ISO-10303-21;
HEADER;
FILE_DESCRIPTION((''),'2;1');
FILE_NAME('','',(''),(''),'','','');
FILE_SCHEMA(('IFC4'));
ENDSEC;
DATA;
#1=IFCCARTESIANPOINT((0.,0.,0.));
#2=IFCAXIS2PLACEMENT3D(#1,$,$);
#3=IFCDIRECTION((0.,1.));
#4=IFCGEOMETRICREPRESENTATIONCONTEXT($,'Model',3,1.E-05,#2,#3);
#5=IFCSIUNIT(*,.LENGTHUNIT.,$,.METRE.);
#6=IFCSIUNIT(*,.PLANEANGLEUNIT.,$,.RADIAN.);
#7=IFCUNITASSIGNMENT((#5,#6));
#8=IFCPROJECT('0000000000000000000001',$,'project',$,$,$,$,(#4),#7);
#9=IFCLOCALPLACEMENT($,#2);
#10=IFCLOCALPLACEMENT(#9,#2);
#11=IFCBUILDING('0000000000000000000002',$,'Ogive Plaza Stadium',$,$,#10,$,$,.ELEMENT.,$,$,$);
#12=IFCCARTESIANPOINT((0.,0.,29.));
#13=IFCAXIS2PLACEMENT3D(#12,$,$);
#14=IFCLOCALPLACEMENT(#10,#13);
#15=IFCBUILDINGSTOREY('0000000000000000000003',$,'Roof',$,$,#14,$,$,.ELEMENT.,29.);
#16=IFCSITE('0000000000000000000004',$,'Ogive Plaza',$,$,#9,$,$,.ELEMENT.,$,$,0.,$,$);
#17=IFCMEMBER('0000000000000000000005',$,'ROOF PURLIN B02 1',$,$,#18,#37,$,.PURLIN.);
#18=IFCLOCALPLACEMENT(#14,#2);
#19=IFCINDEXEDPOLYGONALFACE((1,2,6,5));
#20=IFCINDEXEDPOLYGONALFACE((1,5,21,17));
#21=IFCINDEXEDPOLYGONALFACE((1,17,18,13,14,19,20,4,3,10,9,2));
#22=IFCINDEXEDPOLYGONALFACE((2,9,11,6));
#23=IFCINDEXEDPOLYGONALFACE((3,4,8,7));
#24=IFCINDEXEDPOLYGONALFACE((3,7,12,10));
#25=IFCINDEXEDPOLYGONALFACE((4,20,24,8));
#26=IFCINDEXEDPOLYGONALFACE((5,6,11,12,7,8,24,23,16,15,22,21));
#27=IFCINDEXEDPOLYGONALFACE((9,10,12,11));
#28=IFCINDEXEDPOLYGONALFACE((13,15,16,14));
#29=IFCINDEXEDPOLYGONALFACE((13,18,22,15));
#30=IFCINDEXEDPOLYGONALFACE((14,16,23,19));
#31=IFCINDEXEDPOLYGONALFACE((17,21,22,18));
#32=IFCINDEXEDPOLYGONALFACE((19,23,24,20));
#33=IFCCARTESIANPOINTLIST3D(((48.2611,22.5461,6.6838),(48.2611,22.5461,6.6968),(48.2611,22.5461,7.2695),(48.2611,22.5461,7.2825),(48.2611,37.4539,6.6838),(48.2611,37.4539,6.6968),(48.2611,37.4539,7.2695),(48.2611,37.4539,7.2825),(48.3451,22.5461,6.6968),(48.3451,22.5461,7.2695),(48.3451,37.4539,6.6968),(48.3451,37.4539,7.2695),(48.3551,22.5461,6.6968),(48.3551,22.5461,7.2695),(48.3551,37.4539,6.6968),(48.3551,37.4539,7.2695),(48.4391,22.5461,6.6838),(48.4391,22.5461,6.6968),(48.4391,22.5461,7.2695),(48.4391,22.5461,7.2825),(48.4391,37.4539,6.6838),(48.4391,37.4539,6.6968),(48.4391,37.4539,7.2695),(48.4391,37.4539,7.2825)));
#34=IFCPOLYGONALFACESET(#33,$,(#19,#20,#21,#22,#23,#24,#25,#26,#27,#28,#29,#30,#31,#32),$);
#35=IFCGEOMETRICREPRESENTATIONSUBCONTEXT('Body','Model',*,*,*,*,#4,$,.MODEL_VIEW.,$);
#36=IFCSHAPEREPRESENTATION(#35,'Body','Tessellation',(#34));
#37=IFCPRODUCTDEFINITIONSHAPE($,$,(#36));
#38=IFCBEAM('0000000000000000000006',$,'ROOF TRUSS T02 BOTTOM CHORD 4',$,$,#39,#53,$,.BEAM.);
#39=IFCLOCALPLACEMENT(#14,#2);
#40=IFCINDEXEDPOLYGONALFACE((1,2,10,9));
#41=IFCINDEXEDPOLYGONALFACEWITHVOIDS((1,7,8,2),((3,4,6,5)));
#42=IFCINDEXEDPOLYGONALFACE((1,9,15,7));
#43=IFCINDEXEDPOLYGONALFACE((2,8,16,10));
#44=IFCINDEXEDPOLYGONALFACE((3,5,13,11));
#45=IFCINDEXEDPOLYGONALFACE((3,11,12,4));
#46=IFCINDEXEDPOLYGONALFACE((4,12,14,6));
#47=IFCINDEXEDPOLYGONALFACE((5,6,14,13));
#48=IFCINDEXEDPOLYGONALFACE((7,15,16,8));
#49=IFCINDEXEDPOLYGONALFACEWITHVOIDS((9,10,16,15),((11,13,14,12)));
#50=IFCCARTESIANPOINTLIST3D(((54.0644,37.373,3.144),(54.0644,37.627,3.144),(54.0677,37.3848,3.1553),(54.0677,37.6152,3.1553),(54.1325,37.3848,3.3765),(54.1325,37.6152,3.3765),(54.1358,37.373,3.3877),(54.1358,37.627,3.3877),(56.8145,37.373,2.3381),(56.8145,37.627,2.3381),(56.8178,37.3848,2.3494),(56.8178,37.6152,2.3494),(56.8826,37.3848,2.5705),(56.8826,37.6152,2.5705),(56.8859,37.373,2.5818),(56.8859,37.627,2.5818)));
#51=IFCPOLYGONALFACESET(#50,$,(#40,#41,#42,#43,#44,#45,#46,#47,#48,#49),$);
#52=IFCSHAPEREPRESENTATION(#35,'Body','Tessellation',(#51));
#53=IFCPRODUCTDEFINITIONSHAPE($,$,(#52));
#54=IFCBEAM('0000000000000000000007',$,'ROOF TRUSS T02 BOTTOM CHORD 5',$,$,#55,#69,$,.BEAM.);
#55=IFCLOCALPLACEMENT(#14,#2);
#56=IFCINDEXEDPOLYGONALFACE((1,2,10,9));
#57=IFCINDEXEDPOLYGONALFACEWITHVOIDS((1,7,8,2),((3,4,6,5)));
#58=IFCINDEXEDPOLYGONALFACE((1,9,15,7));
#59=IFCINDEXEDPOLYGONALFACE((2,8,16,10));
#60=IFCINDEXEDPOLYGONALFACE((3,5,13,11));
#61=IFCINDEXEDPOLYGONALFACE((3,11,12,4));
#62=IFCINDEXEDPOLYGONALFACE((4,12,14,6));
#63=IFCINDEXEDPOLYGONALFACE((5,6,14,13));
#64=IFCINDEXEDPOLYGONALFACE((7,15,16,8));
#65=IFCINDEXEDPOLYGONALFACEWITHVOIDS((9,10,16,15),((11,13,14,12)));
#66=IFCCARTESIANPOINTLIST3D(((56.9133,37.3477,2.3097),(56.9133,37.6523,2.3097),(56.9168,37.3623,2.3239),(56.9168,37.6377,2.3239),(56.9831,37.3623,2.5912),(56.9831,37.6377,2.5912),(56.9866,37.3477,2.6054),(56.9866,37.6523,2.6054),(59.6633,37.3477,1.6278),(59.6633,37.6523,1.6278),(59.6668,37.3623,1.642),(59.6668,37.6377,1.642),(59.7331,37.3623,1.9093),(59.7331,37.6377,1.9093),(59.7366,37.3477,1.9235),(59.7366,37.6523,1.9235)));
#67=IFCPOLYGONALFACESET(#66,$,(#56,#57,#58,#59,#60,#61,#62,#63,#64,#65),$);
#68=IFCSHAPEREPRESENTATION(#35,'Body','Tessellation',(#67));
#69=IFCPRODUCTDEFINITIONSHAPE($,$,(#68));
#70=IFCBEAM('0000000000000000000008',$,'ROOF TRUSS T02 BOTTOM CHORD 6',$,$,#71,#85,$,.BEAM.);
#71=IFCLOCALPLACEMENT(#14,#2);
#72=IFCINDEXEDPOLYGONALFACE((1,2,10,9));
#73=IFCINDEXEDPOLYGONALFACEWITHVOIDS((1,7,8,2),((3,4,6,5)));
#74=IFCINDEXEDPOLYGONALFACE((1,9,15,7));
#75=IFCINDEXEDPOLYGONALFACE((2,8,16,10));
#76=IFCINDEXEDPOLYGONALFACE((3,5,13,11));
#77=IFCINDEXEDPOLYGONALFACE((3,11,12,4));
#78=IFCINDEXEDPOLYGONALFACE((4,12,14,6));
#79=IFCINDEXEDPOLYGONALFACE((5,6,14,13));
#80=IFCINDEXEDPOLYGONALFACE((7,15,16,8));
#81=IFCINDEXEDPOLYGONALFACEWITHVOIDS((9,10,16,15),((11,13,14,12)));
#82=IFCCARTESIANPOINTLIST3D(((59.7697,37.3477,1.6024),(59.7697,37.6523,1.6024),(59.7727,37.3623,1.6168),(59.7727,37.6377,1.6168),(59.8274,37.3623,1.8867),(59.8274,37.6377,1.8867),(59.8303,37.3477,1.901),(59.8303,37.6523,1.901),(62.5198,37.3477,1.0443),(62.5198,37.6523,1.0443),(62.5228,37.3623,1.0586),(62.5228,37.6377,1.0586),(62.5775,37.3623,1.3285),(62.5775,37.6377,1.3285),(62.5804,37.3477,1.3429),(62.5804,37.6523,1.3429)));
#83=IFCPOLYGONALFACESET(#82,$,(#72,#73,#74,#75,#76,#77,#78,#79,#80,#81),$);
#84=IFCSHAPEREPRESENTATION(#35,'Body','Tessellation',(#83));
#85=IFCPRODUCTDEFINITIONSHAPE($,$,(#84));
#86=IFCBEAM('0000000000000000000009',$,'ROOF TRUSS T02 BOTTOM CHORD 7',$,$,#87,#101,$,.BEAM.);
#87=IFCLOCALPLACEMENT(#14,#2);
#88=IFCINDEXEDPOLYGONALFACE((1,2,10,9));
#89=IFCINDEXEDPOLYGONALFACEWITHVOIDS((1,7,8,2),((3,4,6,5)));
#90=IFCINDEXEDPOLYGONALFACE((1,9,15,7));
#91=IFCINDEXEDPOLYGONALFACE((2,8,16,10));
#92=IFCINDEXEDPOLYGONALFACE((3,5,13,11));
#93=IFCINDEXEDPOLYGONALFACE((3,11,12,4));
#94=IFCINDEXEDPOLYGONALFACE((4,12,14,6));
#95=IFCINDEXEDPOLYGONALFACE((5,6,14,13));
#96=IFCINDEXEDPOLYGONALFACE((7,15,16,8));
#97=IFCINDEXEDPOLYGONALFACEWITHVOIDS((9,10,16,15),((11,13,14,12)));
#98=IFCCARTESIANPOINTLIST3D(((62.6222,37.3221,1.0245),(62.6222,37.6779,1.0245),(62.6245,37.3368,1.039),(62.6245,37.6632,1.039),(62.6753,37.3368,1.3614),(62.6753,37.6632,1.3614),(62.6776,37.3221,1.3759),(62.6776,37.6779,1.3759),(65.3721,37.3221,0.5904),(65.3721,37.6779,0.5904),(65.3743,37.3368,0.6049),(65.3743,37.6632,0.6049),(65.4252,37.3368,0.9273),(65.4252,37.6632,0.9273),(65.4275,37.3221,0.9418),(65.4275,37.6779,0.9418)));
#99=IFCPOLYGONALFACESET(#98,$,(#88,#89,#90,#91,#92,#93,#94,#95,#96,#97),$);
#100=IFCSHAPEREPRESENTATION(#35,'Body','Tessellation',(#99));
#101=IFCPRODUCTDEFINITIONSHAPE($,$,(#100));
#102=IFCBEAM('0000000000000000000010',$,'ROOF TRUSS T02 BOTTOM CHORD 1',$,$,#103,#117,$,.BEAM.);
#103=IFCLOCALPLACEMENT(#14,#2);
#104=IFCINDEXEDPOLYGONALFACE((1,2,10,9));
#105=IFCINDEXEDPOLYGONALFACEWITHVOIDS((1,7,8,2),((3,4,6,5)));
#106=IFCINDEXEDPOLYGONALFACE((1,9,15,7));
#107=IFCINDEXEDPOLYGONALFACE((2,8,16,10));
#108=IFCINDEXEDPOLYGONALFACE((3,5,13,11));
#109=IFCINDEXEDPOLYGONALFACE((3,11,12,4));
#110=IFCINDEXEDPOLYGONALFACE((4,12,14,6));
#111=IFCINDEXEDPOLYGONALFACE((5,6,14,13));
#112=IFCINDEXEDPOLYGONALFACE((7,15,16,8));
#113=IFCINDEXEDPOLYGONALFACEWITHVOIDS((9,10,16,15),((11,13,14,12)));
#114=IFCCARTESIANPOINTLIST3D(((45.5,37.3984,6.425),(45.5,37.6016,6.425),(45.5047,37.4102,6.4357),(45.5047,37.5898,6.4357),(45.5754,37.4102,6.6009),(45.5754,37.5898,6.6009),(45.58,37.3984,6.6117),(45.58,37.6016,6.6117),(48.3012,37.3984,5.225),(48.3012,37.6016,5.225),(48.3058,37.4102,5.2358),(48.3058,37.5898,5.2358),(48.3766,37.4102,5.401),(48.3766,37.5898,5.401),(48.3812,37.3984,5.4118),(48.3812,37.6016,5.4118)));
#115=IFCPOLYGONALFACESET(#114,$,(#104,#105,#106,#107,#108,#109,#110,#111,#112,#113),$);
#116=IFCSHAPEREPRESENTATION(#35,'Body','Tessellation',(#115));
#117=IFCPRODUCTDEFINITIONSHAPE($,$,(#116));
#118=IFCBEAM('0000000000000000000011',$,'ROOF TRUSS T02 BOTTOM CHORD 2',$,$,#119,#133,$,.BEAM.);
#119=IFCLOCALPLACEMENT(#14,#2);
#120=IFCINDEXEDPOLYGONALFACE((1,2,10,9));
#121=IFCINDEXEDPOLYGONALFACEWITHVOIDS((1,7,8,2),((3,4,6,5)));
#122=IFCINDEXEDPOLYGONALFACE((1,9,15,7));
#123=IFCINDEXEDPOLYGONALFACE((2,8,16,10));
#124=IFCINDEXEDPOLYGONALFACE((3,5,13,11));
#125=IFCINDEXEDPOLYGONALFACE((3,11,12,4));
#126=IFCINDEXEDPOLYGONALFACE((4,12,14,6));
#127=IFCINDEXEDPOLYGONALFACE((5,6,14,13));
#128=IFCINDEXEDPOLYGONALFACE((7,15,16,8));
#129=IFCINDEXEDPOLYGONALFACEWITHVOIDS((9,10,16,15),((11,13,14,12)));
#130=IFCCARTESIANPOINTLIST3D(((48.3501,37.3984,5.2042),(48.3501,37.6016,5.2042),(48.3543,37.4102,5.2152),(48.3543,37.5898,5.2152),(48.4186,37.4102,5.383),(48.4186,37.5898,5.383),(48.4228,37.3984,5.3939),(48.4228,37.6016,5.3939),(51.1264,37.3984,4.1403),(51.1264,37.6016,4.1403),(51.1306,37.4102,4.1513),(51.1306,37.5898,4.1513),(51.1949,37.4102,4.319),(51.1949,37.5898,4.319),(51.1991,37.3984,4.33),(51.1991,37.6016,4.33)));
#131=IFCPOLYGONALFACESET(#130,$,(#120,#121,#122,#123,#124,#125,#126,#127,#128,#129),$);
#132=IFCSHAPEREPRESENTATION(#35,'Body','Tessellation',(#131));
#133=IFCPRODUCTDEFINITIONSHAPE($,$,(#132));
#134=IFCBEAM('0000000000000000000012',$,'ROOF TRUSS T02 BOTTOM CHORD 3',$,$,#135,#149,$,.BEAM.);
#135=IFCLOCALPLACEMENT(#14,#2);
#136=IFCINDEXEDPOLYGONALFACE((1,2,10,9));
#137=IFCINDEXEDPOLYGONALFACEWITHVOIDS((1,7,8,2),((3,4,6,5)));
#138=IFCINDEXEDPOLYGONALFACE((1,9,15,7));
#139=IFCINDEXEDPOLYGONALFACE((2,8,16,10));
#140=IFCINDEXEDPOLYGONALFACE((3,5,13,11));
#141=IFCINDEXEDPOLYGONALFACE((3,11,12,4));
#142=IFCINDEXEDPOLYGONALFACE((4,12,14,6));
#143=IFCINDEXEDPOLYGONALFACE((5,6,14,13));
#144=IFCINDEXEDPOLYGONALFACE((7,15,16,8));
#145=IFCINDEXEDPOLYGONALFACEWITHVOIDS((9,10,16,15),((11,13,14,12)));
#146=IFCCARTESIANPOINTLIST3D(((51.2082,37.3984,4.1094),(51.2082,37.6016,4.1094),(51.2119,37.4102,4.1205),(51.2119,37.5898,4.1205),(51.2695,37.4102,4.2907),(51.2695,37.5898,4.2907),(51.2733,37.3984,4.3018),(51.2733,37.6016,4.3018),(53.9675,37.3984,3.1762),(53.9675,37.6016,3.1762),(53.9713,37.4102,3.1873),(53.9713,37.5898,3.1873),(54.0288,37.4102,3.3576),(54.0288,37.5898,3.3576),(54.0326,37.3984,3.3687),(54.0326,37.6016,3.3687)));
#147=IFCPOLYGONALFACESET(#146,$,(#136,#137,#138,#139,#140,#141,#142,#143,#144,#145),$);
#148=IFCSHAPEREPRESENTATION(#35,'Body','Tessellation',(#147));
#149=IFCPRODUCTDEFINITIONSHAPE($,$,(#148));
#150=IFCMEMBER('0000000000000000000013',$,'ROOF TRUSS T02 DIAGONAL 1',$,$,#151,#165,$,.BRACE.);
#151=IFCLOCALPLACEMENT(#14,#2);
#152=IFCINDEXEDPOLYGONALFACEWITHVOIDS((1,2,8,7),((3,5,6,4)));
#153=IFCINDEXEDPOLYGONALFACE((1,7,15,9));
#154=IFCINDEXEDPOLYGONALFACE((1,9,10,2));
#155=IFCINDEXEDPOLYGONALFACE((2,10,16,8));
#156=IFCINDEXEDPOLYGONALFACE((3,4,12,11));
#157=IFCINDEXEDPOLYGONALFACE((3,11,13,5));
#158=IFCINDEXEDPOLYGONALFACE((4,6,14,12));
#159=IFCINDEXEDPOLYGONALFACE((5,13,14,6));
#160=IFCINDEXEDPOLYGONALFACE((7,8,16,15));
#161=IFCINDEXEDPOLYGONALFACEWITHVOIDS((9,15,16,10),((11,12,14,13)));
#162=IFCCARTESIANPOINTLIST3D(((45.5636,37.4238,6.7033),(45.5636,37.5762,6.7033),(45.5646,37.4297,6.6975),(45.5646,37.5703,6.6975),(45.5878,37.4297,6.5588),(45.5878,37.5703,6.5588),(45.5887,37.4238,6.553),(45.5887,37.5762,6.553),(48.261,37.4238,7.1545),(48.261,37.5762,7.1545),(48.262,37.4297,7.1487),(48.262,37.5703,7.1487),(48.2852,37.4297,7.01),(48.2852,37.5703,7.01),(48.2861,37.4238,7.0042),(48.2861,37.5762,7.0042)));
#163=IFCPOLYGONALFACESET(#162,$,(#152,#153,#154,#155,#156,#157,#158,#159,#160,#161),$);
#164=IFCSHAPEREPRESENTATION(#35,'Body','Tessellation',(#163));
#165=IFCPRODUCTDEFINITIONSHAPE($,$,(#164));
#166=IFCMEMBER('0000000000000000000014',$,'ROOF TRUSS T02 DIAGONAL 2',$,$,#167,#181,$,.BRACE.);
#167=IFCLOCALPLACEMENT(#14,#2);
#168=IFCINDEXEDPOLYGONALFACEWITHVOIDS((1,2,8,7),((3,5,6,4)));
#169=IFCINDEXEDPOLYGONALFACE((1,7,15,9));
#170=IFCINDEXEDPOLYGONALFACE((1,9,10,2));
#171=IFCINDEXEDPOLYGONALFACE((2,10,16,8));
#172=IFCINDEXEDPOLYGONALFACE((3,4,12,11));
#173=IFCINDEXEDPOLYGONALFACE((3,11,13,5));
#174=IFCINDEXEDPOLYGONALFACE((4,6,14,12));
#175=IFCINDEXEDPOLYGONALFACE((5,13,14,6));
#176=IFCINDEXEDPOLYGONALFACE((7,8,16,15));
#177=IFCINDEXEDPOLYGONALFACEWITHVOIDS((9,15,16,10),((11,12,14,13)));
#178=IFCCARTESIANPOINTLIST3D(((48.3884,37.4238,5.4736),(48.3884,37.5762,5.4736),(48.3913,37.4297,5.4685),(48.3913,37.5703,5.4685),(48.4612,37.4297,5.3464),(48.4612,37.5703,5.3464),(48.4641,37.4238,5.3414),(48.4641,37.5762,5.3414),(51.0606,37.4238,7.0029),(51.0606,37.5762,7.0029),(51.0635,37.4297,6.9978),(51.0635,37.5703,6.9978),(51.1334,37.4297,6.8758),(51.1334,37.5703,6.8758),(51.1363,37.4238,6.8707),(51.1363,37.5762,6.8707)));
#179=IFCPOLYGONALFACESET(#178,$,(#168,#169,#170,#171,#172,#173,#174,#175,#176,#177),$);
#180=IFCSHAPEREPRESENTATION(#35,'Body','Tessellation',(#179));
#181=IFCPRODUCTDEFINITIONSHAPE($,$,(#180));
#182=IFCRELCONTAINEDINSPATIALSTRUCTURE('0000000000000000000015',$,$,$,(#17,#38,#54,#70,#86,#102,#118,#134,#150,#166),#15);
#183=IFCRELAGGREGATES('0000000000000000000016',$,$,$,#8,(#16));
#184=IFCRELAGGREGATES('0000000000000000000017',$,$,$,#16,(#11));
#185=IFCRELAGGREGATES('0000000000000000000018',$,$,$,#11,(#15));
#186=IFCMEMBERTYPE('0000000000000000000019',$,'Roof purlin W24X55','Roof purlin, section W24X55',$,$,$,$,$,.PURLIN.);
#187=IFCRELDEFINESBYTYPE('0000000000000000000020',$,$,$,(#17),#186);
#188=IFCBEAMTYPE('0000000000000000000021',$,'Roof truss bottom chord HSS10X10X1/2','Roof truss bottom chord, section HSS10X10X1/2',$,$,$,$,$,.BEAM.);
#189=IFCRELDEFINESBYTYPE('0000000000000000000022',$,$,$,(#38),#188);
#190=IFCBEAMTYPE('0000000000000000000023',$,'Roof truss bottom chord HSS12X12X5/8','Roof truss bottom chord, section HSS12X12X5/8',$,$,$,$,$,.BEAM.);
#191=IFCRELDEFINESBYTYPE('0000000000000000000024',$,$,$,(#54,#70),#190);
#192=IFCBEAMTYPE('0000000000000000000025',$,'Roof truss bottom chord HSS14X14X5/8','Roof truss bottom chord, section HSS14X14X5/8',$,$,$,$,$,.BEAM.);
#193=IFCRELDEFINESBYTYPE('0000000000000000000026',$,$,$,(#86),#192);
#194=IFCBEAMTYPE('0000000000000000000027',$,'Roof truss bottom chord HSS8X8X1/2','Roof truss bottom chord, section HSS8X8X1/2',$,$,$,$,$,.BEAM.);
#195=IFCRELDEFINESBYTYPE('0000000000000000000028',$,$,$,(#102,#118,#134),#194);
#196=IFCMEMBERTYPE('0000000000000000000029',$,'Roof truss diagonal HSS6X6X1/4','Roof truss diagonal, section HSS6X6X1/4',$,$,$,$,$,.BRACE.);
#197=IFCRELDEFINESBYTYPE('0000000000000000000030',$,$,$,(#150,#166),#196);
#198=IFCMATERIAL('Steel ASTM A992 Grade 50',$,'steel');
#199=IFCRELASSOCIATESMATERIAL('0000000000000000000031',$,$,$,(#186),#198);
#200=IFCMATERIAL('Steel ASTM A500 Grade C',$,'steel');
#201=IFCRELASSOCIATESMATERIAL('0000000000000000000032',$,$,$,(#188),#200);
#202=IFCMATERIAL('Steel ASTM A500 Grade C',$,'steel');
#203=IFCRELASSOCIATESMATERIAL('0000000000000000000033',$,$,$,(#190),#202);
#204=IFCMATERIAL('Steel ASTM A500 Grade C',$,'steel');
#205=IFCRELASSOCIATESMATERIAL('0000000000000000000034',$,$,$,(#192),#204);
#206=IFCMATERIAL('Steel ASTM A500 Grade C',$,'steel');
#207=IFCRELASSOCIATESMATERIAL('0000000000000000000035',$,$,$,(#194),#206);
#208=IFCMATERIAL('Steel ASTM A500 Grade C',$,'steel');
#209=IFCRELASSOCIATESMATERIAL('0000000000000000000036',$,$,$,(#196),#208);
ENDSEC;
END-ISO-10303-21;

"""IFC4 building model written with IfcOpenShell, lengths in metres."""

from ifc_helpers import new_model, si_unit, direction, frame, origin, origin_2d, place, context, subcontext, project, spatial, hollow_rectangle, i_section, extrude, material, material_profile, profile_set, type_object, element, save


model = new_model("IFC4")

# Units and contexts
model_context = context("Model", 3, precision=1e-05, world=origin(), true_north=direction((0.0, 1.0)))
body_context = subcontext(model_context, "Body", "Model", "MODEL_VIEW")
ifc_project = project(units=[si_unit("LENGTHUNIT", "METRE"), si_unit("PLANEANGLEUNIT", "RADIAN")], contexts=[model_context])

# Site, building, storey
site_placement = place(None, origin())
site = spatial("IfcSite", under=ifc_project, at=site_placement, Name="Ogive Plaza", CompositionType="ELEMENT", RefElevation=0.0)
building_placement = place(site_placement, origin())
building = spatial("IfcBuilding", under=site, at=building_placement, Name="Ogive Plaza Stadium", CompositionType="ELEMENT")
storey_placement = place(building_placement, frame((0.0, 0.0, 29.0)))
storey = spatial("IfcBuildingStorey", under=building, at=storey_placement, Name="Roof", CompositionType="ELEMENT", Elevation=29.0)

# Member
ifc_material_1 = material(Name="Steel ASTM A992 Grade 50", Category="steel")
ifc_material_profile_1 = material_profile(ifc_material_1, i_section(OverallWidth=0.178, OverallDepth=0.5986, WebThickness=0.01, FlangeThickness=0.0129, at=origin_2d()), Name="W24X55")
ifc_profile_set_1 = profile_set([ifc_material_profile_1], Name="Steel ASTM A992 Grade 50")
member_type_1 = type_object("IfcMemberType", Name="Roof purlin W24X55", Description="Roof purlin, section W24X55", PredefinedType="PURLIN", material=ifc_profile_set_1)
member_1_placement = place(storey_placement, frame((48.3501, 37.4539, 6.9832), z_axis=(0.0, -1.0, 0.0), x_axis=(1.0, 0.0, 0.0)))
element("IfcMember", 1, at=member_1_placement, inside=storey, type_object=member_type_1, Name="ROOF PURLIN B02 1", PredefinedType="PURLIN", context=body_context, shape_type="SweptSolid", body=[
    extrude(i_section(OverallWidth=0.178, OverallDepth=0.5986, WebThickness=0.01, FlangeThickness=0.0129, at=origin_2d()), origin(), (0.0, 0.0, 1.0), 14.9077),
])

# Beams
ifc_material_2 = material(Name="Steel ASTM A500 Grade C", Category="steel")
ifc_material_profile_2 = material_profile(ifc_material_2, hollow_rectangle(XDim=0.2539, YDim=0.2539, WallThickness=0.0117, at=origin_2d()), Name="HSS10X10X1/2")
ifc_profile_set_2 = profile_set([ifc_material_profile_2], Name="Steel ASTM A500 Grade C")
beam_type_1 = type_object("IfcBeamType", Name="Roof truss bottom chord HSS10X10X1/2", Description="Roof truss bottom chord, section HSS10X10X1/2", PredefinedType="BEAM", material=ifc_profile_set_2)
beam_1_placement = place(storey_placement, frame((54.1001, 37.5, 3.2659), z_axis=(0.95964, 0.0, -0.28123), x_axis=(0.0, 1.0, 0.0)))
element("IfcBeam", 2, at=beam_1_placement, inside=storey, type_object=beam_type_1, Name="ROOF TRUSS T02 BOTTOM CHORD 4", PredefinedType="BEAM", context=body_context, shape_type="SweptSolid", body=[
    extrude(hollow_rectangle(XDim=0.2539, YDim=0.2539, WallThickness=0.0117, at=origin_2d()), origin(), (0.0, 0.0, 1.0), 2.8657),
])
ifc_material_3 = material(Name="Steel ASTM A500 Grade C", Category="steel")
ifc_material_profile_3 = material_profile(ifc_material_3, hollow_rectangle(XDim=0.3047, YDim=0.3047, WallThickness=0.0146, at=origin_2d()), Name="HSS12X12X5/8")
ifc_profile_set_3 = profile_set([ifc_material_profile_3], Name="Steel ASTM A500 Grade C")
beam_type_2 = type_object("IfcBeamType", Name="Roof truss bottom chord HSS12X12X5/8", Description="Roof truss bottom chord, section HSS12X12X5/8", PredefinedType="BEAM", material=ifc_profile_set_3)
beam_2_placement = place(storey_placement, frame((56.95, 37.5, 2.4575), z_axis=(0.970607, 0.0, -0.24067), x_axis=(0.0, 1.0, 0.0)))
element("IfcBeam", 3, at=beam_2_placement, inside=storey, type_object=beam_type_2, Name="ROOF TRUSS T02 BOTTOM CHORD 5", PredefinedType="BEAM", context=body_context, shape_type="SweptSolid", body=[
    extrude(hollow_rectangle(XDim=0.3047, YDim=0.3047, WallThickness=0.0146, at=origin_2d()), origin(), (0.0, 0.0, 1.0), 2.8333),
])
beam_3_placement = place(storey_placement, frame((59.8, 37.5, 1.7517), z_axis=(0.980021, 0.0, -0.198893), x_axis=(0.0, 1.0, 0.0)))
element("IfcBeam", 4, at=beam_3_placement, inside=storey, type_object=beam_type_2, Name="ROOF TRUSS T02 BOTTOM CHORD 6", PredefinedType="BEAM", context=body_context, shape_type="SweptSolid", body=[
    extrude(hollow_rectangle(XDim=0.3047, YDim=0.3047, WallThickness=0.0146, at=origin_2d()), origin(), (0.0, 0.0, 1.0), 2.8062),
])
ifc_material_4 = material(Name="Steel ASTM A500 Grade C", Category="steel")
ifc_material_profile_4 = material_profile(ifc_material_4, hollow_rectangle(XDim=0.3557, YDim=0.3557, WallThickness=0.0146, at=origin_2d()), Name="HSS14X14X5/8")
ifc_profile_set_4 = profile_set([ifc_material_profile_4], Name="Steel ASTM A500 Grade C")
beam_type_3 = type_object("IfcBeamType", Name="Roof truss bottom chord HSS14X14X5/8", Description="Roof truss bottom chord, section HSS14X14X5/8", PredefinedType="BEAM", material=ifc_profile_set_4)
beam_4_placement = place(storey_placement, frame((62.6499, 37.5, 1.2002), z_axis=(0.98777, 0.0, -0.155918), x_axis=(0.0, 1.0, 0.0)))
element("IfcBeam", 5, at=beam_4_placement, inside=storey, type_object=beam_type_3, Name="ROOF TRUSS T02 BOTTOM CHORD 7", PredefinedType="BEAM", context=body_context, shape_type="SweptSolid", body=[
    extrude(hollow_rectangle(XDim=0.3557, YDim=0.3557, WallThickness=0.0146, at=origin_2d()), origin(), (0.0, 0.0, 1.0), 2.7839),
])
ifc_material_5 = material(Name="Steel ASTM A500 Grade C", Category="steel")
ifc_material_profile_5 = material_profile(ifc_material_5, hollow_rectangle(XDim=0.2031, YDim=0.2031, WallThickness=0.0117, at=origin_2d()), Name="HSS8X8X1/2")
ifc_profile_set_5 = profile_set([ifc_material_profile_5], Name="Steel ASTM A500 Grade C")
beam_type_4 = type_object("IfcBeamType", Name="Roof truss bottom chord HSS8X8X1/2", Description="Roof truss bottom chord, section HSS8X8X1/2", PredefinedType="BEAM", material=ifc_profile_set_5)
beam_5_placement = place(storey_placement, frame((45.54, 37.5, 6.5183), z_axis=(0.919215, 0.0, -0.393755), x_axis=(0.0, 1.0, 0.0)))
element("IfcBeam", 6, at=beam_5_placement, inside=storey, type_object=beam_type_4, Name="ROOF TRUSS T02 BOTTOM CHORD 1", PredefinedType="BEAM", context=body_context, shape_type="SweptSolid", body=[
    extrude(hollow_rectangle(XDim=0.2031, YDim=0.2031, WallThickness=0.0117, at=origin_2d()), origin(), (0.0, 0.0, 1.0), 3.0474),
])
beam_6_placement = place(storey_placement, frame((48.3865, 37.5, 5.2991), z_axis=(0.933781, 0.0, -0.357845), x_axis=(0.0, 1.0, 0.0)))
element("IfcBeam", 7, at=beam_6_placement, inside=storey, type_object=beam_type_4, Name="ROOF TRUSS T02 BOTTOM CHORD 2", PredefinedType="BEAM", context=body_context, shape_type="SweptSolid", body=[
    extrude(hollow_rectangle(XDim=0.2031, YDim=0.2031, WallThickness=0.0117, at=origin_2d()), origin(), (0.0, 0.0, 1.0), 2.9731),
])
beam_7_placement = place(storey_placement, frame((51.2407, 37.5, 4.2056), z_axis=(0.9473, 0.0, -0.320349), x_axis=(0.0, 1.0, 0.0)))
element("IfcBeam", 8, at=beam_7_placement, inside=storey, type_object=beam_type_4, Name="ROOF TRUSS T02 BOTTOM CHORD 3", PredefinedType="BEAM", context=body_context, shape_type="SweptSolid", body=[
    extrude(hollow_rectangle(XDim=0.2031, YDim=0.2031, WallThickness=0.0117, at=origin_2d()), origin(), (0.0, 0.0, 1.0), 2.9128),
])

# Members
ifc_material_6 = material(Name="Steel ASTM A500 Grade C", Category="steel")
ifc_material_profile_6 = material_profile(ifc_material_6, hollow_rectangle(XDim=0.1523, YDim=0.1523, WallThickness=0.0059, at=origin_2d()), Name="HSS6X6X1/4")
ifc_profile_set_6 = profile_set([ifc_material_profile_6], Name="Steel ASTM A500 Grade C")
member_type_2 = type_object("IfcMemberType", Name="Roof truss diagonal HSS6X6X1/4", Description="Roof truss diagonal, section HSS6X6X1/4", PredefinedType="BRACE", material=ifc_profile_set_6)
member_2_placement = place(storey_placement, frame((45.5762, 37.5, 6.6282), z_axis=(0.9863, 0.0, 0.164964), x_axis=(0.0, 1.0, 0.0)))
element("IfcMember", 9, at=member_2_placement, inside=storey, type_object=member_type_2, Name="ROOF TRUSS T02 DIAGONAL 1", PredefinedType="BRACE", context=body_context, shape_type="SweptSolid", body=[
    extrude(hollow_rectangle(XDim=0.1523, YDim=0.1523, WallThickness=0.0059, at=origin_2d()), origin(), (0.0, 0.0, 1.0), 2.7349),
])
member_3_placement = place(storey_placement, frame((48.4263, 37.5, 5.4075), z_axis=(0.867911, 0.0, 0.49672), x_axis=(0.0, 1.0, 0.0)))
element("IfcMember", 10, at=member_3_placement, inside=storey, type_object=member_type_2, Name="ROOF TRUSS T02 DIAGONAL 2", PredefinedType="BRACE", context=body_context, shape_type="SweptSolid", body=[
    extrude(hollow_rectangle(XDim=0.1523, YDim=0.1523, WallThickness=0.0059, at=origin_2d()), origin(), (0.0, 0.0, 1.0), 3.0789),
])

save(model, "model.ifc")
